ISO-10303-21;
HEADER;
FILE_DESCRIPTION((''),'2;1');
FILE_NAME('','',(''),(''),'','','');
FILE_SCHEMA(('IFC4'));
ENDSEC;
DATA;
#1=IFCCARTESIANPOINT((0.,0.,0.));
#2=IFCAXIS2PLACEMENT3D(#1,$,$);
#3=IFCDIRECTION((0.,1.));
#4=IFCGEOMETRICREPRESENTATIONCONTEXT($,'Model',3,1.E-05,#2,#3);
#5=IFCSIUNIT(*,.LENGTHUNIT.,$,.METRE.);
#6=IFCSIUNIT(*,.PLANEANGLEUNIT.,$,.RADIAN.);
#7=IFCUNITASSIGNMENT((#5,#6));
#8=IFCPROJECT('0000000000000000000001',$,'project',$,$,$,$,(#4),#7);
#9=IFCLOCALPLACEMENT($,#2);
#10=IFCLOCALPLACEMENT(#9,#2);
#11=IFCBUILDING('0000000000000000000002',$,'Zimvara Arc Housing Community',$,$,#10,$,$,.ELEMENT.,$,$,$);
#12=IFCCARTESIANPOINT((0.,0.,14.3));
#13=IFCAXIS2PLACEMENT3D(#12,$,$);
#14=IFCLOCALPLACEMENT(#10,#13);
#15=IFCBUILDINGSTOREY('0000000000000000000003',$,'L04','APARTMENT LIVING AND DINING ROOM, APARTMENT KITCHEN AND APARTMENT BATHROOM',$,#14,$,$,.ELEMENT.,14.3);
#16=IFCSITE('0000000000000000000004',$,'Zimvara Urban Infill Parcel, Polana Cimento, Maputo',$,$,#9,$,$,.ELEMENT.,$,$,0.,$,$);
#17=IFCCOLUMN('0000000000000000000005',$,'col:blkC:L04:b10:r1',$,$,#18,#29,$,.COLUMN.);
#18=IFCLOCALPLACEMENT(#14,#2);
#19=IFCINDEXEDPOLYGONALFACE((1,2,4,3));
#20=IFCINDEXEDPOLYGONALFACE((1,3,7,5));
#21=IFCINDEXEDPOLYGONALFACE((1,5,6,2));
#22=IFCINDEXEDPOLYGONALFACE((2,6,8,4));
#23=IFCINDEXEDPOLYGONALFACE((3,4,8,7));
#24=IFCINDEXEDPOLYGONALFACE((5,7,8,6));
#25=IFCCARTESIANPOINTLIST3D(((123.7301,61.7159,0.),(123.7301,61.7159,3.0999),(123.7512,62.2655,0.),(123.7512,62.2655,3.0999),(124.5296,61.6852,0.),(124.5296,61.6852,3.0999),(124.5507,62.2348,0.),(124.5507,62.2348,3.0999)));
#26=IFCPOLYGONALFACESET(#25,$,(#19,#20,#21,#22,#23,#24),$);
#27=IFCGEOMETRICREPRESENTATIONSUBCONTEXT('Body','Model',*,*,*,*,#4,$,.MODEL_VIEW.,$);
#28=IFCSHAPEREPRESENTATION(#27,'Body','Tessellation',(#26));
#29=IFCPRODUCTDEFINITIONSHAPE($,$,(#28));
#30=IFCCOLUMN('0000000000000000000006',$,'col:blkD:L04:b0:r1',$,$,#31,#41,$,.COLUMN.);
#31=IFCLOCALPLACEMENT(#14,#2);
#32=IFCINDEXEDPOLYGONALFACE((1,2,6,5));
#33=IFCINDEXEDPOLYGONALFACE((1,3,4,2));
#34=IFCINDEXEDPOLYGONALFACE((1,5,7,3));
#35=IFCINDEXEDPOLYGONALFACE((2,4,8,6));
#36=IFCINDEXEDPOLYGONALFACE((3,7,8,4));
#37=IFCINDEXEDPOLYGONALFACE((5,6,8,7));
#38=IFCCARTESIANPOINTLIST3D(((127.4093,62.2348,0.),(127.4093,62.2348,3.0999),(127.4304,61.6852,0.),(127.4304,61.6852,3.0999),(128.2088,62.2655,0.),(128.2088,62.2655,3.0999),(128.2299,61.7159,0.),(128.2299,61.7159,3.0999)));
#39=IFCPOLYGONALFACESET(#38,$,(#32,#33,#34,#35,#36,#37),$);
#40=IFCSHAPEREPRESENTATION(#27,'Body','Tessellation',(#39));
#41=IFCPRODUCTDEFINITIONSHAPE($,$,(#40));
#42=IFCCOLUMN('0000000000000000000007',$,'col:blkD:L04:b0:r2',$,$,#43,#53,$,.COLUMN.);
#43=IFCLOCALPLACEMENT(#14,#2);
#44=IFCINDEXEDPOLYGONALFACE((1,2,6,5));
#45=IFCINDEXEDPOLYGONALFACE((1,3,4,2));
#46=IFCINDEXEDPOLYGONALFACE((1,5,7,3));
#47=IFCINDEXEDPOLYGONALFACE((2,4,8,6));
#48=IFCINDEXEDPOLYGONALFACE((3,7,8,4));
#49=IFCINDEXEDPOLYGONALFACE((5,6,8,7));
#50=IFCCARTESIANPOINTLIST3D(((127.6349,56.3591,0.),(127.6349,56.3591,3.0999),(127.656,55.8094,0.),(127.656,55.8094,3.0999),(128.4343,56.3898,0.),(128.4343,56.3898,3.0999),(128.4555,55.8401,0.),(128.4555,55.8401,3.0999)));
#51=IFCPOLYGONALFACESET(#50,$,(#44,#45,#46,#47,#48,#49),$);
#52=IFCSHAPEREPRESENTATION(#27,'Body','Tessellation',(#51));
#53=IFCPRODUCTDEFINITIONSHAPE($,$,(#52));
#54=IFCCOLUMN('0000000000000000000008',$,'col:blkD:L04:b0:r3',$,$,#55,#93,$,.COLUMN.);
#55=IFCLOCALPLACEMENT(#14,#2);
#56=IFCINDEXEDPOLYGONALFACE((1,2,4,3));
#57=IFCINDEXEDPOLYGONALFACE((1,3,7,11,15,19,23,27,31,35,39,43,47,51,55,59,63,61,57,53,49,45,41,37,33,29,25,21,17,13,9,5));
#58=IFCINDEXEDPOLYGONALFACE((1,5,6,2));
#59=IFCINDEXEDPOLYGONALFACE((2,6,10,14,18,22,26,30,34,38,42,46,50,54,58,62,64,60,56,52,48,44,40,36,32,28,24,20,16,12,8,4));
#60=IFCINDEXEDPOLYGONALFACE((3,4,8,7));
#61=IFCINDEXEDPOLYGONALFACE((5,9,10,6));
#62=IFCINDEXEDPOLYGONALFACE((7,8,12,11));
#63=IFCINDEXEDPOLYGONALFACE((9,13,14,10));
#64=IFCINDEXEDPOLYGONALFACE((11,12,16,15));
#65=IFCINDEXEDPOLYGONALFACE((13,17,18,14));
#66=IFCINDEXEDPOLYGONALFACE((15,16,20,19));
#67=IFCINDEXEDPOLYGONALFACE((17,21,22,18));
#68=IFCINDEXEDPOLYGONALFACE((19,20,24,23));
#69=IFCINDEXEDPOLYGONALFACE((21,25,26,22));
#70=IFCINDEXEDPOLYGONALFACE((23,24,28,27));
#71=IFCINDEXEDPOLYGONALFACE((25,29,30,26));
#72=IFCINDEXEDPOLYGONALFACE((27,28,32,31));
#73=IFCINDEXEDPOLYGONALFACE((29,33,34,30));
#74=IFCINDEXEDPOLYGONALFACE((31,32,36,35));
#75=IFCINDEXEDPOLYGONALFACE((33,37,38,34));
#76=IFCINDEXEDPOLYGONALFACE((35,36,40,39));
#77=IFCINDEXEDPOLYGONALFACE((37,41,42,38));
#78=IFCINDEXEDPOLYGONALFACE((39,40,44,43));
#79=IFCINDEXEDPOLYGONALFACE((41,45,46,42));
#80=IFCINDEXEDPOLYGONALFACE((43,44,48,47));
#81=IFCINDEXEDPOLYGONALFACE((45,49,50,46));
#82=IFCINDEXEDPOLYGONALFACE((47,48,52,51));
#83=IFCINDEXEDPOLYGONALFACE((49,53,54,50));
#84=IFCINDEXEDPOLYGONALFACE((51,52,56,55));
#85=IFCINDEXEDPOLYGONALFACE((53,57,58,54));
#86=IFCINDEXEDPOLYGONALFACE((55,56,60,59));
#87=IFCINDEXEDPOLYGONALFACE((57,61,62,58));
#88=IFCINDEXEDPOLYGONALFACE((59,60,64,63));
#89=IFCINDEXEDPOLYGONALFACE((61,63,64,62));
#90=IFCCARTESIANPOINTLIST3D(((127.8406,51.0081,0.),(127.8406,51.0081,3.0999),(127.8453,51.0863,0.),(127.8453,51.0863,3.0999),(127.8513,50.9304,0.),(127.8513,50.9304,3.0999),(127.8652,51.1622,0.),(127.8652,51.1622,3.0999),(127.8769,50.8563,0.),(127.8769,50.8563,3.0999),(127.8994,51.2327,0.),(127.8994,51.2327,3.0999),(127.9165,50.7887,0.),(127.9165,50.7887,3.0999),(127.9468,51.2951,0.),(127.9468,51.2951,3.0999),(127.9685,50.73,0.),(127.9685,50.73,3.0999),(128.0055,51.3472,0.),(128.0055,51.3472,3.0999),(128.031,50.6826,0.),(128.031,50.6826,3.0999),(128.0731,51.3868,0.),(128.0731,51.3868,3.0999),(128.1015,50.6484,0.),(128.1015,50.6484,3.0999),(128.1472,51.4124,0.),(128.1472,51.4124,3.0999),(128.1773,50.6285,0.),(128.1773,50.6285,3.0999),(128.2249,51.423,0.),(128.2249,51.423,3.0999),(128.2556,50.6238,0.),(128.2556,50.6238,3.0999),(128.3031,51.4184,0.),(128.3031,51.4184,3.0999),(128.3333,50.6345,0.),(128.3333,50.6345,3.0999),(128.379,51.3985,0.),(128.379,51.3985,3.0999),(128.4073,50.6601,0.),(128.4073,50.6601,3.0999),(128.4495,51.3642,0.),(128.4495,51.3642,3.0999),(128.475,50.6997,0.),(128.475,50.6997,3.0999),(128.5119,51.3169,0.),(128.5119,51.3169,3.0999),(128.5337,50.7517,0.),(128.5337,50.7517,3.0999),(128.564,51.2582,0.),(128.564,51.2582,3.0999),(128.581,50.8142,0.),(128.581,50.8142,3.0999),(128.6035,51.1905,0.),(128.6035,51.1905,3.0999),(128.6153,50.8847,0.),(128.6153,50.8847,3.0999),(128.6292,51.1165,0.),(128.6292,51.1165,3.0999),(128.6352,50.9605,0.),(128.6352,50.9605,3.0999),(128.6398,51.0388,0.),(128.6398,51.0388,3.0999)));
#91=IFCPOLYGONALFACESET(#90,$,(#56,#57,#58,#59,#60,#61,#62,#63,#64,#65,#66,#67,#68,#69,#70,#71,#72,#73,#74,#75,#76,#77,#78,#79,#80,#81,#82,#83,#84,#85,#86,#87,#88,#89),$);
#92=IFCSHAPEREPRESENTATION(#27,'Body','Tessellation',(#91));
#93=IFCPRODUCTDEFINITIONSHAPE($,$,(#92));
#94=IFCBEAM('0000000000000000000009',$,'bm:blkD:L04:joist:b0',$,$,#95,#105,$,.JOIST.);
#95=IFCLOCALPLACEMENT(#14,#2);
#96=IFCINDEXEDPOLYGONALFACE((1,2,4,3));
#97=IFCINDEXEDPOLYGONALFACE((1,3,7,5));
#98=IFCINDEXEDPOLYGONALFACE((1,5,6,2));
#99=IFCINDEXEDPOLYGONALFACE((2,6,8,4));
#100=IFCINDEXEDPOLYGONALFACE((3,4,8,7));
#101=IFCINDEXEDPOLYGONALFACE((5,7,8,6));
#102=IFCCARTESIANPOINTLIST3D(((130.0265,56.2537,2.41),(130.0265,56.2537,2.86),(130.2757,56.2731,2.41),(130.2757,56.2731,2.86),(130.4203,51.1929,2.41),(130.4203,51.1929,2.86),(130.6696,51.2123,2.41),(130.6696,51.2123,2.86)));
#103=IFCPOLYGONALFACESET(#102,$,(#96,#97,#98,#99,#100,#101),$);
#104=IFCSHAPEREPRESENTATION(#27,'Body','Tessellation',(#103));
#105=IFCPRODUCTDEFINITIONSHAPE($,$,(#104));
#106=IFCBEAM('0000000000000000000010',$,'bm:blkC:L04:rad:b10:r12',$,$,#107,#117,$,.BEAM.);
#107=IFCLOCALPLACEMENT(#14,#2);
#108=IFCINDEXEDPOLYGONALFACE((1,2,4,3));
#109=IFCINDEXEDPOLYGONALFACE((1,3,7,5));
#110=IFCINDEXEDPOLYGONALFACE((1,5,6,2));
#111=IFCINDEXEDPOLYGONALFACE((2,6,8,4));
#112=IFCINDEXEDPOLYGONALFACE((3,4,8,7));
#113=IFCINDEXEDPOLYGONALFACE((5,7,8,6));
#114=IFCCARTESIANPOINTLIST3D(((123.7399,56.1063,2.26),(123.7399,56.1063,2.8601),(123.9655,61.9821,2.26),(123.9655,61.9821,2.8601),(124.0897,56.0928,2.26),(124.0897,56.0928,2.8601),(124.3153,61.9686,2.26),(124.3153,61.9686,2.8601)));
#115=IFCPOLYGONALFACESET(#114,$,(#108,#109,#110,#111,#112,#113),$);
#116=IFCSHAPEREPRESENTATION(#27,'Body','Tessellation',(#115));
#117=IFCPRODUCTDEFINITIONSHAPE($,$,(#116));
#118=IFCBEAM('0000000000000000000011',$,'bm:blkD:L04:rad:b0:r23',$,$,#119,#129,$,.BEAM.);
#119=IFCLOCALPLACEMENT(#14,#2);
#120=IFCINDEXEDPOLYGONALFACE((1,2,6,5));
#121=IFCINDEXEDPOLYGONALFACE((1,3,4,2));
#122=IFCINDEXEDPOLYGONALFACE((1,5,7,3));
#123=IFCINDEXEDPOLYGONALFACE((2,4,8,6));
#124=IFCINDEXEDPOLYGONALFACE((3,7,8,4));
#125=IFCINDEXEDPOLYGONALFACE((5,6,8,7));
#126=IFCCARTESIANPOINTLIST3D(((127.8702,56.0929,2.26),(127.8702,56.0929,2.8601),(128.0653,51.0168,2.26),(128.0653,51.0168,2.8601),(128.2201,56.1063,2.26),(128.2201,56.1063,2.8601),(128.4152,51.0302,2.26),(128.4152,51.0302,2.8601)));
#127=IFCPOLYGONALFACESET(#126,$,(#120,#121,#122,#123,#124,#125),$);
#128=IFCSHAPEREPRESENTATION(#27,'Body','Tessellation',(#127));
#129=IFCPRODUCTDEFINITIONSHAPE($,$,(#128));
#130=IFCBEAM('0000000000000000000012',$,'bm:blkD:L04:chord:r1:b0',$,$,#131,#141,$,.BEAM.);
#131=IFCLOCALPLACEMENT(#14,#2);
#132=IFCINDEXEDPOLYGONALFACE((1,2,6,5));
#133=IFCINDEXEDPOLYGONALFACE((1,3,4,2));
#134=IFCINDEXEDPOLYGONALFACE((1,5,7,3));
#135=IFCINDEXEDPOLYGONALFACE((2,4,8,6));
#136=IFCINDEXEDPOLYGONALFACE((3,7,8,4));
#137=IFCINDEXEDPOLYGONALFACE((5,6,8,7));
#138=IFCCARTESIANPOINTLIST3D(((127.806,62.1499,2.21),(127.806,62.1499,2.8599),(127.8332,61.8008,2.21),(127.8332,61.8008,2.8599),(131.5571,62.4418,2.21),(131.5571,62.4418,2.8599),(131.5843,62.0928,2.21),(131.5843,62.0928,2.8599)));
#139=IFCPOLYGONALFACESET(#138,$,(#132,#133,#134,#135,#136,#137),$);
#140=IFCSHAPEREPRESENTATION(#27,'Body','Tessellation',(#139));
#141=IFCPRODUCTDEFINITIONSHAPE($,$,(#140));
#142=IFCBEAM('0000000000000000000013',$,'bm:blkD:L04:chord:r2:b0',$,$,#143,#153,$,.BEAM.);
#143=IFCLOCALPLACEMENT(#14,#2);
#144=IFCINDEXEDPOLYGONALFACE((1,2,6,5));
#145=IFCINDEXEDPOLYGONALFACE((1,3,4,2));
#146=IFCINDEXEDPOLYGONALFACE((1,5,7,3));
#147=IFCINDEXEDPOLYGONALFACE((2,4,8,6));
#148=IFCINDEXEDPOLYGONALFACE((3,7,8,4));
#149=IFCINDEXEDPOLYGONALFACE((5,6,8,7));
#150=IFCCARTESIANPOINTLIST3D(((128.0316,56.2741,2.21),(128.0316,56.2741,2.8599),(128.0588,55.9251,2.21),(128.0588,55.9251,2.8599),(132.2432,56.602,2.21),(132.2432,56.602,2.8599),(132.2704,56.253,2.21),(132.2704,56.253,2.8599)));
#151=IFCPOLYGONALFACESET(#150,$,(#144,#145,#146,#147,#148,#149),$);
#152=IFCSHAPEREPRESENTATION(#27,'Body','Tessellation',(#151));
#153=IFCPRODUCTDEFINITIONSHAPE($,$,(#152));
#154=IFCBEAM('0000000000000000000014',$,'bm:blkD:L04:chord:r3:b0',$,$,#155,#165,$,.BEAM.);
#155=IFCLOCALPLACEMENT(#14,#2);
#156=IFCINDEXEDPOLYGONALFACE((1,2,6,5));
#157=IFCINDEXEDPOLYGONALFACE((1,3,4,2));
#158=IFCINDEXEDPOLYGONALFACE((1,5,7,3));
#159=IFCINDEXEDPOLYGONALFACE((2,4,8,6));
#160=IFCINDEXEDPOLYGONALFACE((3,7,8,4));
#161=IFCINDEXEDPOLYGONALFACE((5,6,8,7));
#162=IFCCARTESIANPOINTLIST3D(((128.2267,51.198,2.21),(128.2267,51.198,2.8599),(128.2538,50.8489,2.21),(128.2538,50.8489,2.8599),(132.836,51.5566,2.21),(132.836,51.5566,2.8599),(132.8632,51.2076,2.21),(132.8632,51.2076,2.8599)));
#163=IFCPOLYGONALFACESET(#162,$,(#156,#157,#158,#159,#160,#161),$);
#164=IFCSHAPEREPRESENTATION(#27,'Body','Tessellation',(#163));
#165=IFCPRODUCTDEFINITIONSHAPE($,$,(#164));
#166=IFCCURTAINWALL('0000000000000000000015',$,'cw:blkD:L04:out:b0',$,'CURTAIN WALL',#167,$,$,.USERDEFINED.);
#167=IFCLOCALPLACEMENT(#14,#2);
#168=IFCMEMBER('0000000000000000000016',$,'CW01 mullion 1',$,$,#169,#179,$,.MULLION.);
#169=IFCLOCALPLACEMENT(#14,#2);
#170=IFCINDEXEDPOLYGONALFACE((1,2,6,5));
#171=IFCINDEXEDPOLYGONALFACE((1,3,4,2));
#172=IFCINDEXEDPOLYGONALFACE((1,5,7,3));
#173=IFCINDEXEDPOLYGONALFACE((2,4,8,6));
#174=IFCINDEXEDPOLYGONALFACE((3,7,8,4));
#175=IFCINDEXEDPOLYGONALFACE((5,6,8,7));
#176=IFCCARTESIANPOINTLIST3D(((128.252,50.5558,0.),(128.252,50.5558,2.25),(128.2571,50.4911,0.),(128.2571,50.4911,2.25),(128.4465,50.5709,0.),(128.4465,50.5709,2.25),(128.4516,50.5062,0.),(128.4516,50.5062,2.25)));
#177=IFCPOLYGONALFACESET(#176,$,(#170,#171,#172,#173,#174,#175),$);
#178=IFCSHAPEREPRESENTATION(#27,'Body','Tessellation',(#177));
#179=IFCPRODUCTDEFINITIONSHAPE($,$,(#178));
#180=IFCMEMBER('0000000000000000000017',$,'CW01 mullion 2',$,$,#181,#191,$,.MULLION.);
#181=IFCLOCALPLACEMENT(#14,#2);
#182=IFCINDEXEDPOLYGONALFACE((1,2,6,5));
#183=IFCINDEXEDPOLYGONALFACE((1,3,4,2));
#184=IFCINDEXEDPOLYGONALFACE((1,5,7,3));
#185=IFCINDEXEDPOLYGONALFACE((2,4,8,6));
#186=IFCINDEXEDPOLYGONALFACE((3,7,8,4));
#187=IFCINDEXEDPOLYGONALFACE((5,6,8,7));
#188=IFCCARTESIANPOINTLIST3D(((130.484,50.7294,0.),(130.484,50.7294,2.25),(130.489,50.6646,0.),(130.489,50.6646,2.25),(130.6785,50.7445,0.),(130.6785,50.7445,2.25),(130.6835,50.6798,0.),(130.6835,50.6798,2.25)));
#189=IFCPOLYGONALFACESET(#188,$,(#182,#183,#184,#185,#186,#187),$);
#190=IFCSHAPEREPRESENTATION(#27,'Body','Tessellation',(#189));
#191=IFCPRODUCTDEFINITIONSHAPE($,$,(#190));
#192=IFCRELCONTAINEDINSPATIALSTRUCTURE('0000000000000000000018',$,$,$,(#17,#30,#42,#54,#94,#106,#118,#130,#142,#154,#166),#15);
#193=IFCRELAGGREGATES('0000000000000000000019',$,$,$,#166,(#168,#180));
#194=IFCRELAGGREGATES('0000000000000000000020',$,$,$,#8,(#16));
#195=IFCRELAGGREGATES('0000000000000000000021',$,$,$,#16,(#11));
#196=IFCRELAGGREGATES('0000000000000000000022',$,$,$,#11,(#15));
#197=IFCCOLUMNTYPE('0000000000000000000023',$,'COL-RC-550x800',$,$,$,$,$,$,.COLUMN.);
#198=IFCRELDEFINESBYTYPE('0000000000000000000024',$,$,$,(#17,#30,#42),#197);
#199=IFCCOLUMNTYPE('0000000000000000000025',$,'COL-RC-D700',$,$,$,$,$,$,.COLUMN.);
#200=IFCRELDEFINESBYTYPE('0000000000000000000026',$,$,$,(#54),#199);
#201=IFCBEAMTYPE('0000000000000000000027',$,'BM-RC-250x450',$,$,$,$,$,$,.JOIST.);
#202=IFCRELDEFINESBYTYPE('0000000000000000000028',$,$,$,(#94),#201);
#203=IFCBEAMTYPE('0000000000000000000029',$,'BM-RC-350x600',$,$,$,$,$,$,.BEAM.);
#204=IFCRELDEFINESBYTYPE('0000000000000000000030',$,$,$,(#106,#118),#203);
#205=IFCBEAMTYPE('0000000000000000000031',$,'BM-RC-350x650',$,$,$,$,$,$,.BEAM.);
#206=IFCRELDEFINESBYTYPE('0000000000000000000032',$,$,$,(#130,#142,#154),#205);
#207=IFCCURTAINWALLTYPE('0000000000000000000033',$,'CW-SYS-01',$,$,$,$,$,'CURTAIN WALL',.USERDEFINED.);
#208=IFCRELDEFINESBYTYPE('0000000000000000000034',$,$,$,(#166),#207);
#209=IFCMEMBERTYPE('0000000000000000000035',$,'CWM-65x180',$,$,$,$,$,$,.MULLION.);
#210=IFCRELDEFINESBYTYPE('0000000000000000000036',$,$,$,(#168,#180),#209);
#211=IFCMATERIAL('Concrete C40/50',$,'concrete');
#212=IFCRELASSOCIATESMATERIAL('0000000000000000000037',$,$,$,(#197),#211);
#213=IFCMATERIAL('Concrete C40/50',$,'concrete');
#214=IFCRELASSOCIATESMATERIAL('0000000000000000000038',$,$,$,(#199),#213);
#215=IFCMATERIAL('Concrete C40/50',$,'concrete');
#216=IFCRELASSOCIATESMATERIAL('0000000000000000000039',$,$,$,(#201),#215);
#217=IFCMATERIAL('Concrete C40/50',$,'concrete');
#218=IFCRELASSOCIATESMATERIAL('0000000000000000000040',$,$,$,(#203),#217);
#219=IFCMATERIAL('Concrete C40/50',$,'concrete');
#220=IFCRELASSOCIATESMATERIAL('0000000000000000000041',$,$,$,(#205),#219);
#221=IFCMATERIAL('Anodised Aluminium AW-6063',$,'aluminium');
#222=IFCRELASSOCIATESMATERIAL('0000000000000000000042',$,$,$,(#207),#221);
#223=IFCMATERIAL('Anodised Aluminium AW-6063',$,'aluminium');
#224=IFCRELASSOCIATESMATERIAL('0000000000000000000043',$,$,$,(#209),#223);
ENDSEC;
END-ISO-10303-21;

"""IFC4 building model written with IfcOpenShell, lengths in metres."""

from ifc_helpers import new_model, si_unit, direction, frame, origin, origin_2d, place, context, subcontext, project, spatial, rectangle, circle, extrude, material, material_profile, profile_set, type_object, element, aggregate, save


model = new_model("IFC4")

# Units and contexts
model_context = context("Model", 3, precision=1e-05, world=origin(), true_north=direction((0.0, 1.0)))
body_context = subcontext(model_context, "Body", "Model", "MODEL_VIEW")
ifc_project = project(units=[si_unit("LENGTHUNIT", "METRE"), si_unit("PLANEANGLEUNIT", "RADIAN")], contexts=[model_context])

# Site, building, storey
site_placement = place(None, origin())
site = spatial("IfcSite", under=ifc_project, at=site_placement, Name="Zimvara Urban Infill Parcel, Polana Cimento, Maputo", CompositionType="ELEMENT", RefElevation=0.0)
building_placement = place(site_placement, origin())
building = spatial("IfcBuilding", under=site, at=building_placement, Name="Zimvara Arc Housing Community", CompositionType="ELEMENT")
storey_placement = place(building_placement, frame((0.0, 0.0, 14.3)))
storey = spatial("IfcBuildingStorey", under=building, at=storey_placement, Name="L04", Description="APARTMENT LIVING AND DINING ROOM, APARTMENT KITCHEN AND APARTMENT BATHROOM", CompositionType="ELEMENT", Elevation=14.3)

# Columns
ifc_material_1 = material(Name="Concrete C40/50", Category="concrete")
ifc_material_profile_1 = material_profile(ifc_material_1, rectangle(XDim=0.55, YDim=0.8, at=origin_2d()), Name="RC 550x800")
ifc_profile_set_1 = profile_set([ifc_material_profile_1], Name="Concrete C40/50")
column_type_1 = type_object("IfcColumnType", Name="COL-RC-550x800", PredefinedType="COLUMN", material=ifc_profile_set_1)
for number, where, z_axis, x_axis, name in (
    (1, (124.1404, 61.9753, 0.0), (0.0, 0.0, 1.0), (-0.038388, -0.999263, 0.0), "col:blkC:L04:b10:r1"),
    (2, (127.8196, 61.9753, 0.0), (0.0, 0.0, 1.0), (0.038388, -0.999263, 0.0), "col:blkD:L04:b0:r1"),
    (3, (128.0452, 56.0996, 0.0), (0.0, 0.0, 1.0), (0.038388, -0.999263, 0.0), "col:blkD:L04:b0:r2"),
):
    element("IfcColumn", number, at=place(storey_placement, frame(where, z_axis=z_axis, x_axis=x_axis)), inside=storey, type_object=column_type_1, Name=name, PredefinedType="COLUMN", context=body_context, shape_type="SweptSolid", body=[
        extrude(rectangle(XDim=0.55, YDim=0.8, at=origin_2d()), origin(), (0.0, 0.0, 1.0), 3.0999),
    ])
ifc_material_2 = material(Name="Concrete C40/50", Category="concrete")
ifc_material_profile_2 = material_profile(ifc_material_2, circle(Radius=0.3999, at=origin_2d()), Name="RC D800")
ifc_profile_set_2 = profile_set([ifc_material_profile_2], Name="Concrete C40/50")
column_type_2 = type_object("IfcColumnType", Name="COL-RC-D700", PredefinedType="COLUMN", material=ifc_profile_set_2)
column_placement = place(storey_placement, frame((128.2402, 51.0234, 0.0), z_axis=(0.0, 0.0, 1.0), x_axis=(0.038388, -0.999263, 0.0)))
element("IfcColumn", 4, at=column_placement, inside=storey, type_object=column_type_2, Name="col:blkD:L04:b0:r3", PredefinedType="COLUMN", context=body_context, shape_type="SweptSolid", body=[
    extrude(circle(Radius=0.3999, at=origin_2d()), origin(), (0.0, 0.0, 1.0), 3.0999),
])

# Beams
ifc_material_3 = material(Name="Concrete C40/50", Category="concrete")
ifc_material_profile_3 = material_profile(ifc_material_3, rectangle(XDim=0.25, YDim=0.45, at=origin_2d()), Name="RC 250x450")
ifc_profile_set_3 = profile_set([ifc_material_profile_3], Name="Concrete C40/50")
beam_type_1 = type_object("IfcBeamType", Name="BM-RC-250x450", PredefinedType="JOIST", material=ifc_profile_set_3)
beam_1_placement = place(storey_placement, frame((130.1511, 56.2634, 2.635), z_axis=(0.077579, -0.996986, 0.0), x_axis=(0.996986, 0.077579, 0.0)))
element("IfcBeam", 5, at=beam_1_placement, inside=storey, type_object=beam_type_1, Name="bm:blkD:L04:joist:b0", PredefinedType="JOIST", context=body_context, shape_type="SweptSolid", body=[
    extrude(rectangle(XDim=0.25, YDim=0.45, at=origin_2d()), origin(), (0.0, 0.0, 1.0), 5.0762),
])
ifc_material_4 = material(Name="Concrete C40/50", Category="concrete")
ifc_material_profile_4 = material_profile(ifc_material_4, rectangle(XDim=0.3501, YDim=0.6001, at=origin_2d()), Name="RC 350x600")
ifc_profile_set_4 = profile_set([ifc_material_profile_4], Name="Concrete C40/50")
beam_type_2 = type_object("IfcBeamType", Name="BM-RC-350x600", PredefinedType="BEAM", material=ifc_profile_set_4)
beam_2_placement = place(storey_placement, frame((124.1404, 61.9753, 2.5601), z_axis=(-0.038365, -0.999264, 0.0), x_axis=(0.999264, -0.038365, 0.0)))
element("IfcBeam", 6, at=beam_2_placement, inside=storey, type_object=beam_type_2, Name="bm:blkC:L04:rad:b10:r12", PredefinedType="BEAM", context=body_context, shape_type="SweptSolid", body=[
    extrude(rectangle(XDim=0.3501, YDim=0.6001, at=origin_2d()), origin(), (0.0, 0.0, 1.0), 5.8801),
])
beam_3_placement = place(storey_placement, frame((128.0452, 56.0996, 2.5601), z_axis=(0.0384, -0.999262, 0.0), x_axis=(0.999262, 0.0384, 0.0)))
element("IfcBeam", 7, at=beam_3_placement, inside=storey, type_object=beam_type_2, Name="bm:blkD:L04:rad:b0:r23", PredefinedType="BEAM", context=body_context, shape_type="SweptSolid", body=[
    extrude(rectangle(XDim=0.3501, YDim=0.6001, at=origin_2d()), origin(), (0.0, 0.0, 1.0), 5.0798),
])
ifc_material_5 = material(Name="Concrete C40/50", Category="concrete")
ifc_material_profile_5 = material_profile(ifc_material_5, rectangle(XDim=0.3501, YDim=0.6499, at=origin_2d()), Name="RC 350x650")
ifc_profile_set_5 = profile_set([ifc_material_profile_5], Name="Concrete C40/50")
beam_type_3 = type_object("IfcBeamType", Name="BM-RC-350x650", PredefinedType="BEAM", material=ifc_profile_set_5)
beam_4_placement = place(storey_placement, frame((127.8196, 61.9753, 2.5349), z_axis=(0.996984, 0.077604, 0.0), x_axis=(-0.077604, 0.996984, 0.0)))
element("IfcBeam", 8, at=beam_4_placement, inside=storey, type_object=beam_type_3, Name="bm:blkD:L04:chord:r1:b0", PredefinedType="BEAM", context=body_context, shape_type="SweptSolid", body=[
    extrude(rectangle(XDim=0.3501, YDim=0.6499, at=origin_2d()), origin(), (0.0, 0.0, 1.0), 3.7625),
])
beam_5_placement = place(storey_placement, frame((128.0452, 56.0996, 2.5349), z_axis=(0.996983, 0.077616, 0.0), x_axis=(-0.077616, 0.996983, 0.0)))
element("IfcBeam", 9, at=beam_5_placement, inside=storey, type_object=beam_type_3, Name="bm:blkD:L04:chord:r2:b0", PredefinedType="BEAM", context=body_context, shape_type="SweptSolid", body=[
    extrude(rectangle(XDim=0.3501, YDim=0.6499, at=origin_2d()), origin(), (0.0, 0.0, 1.0), 4.2244),
])
beam_6_placement = place(storey_placement, frame((128.2402, 51.0234, 2.5349), z_axis=(0.996987, 0.077573, 0.0), x_axis=(-0.077573, 0.996987, 0.0)))
element("IfcBeam", 10, at=beam_6_placement, inside=storey, type_object=beam_type_3, Name="bm:blkD:L04:chord:r3:b0", PredefinedType="BEAM", context=body_context, shape_type="SweptSolid", body=[
    extrude(rectangle(XDim=0.3501, YDim=0.6499, at=origin_2d()), origin(), (0.0, 0.0, 1.0), 4.6233),
])

# Curtain wall, members
ifc_material_6 = material(Name="Anodised Aluminium AW-6063", Category="aluminium")
curtain_wall_type = type_object("IfcCurtainWallType", Name="CW-SYS-01", ElementType="CURTAIN WALL", PredefinedType="USERDEFINED", material=ifc_material_6)
curtain_wall_placement = place(storey_placement, origin())
curtain_wall = element("IfcCurtainWall", 11, at=curtain_wall_placement, inside=storey, type_object=curtain_wall_type, Name="cw:blkD:L04:out:b0", ObjectType="CURTAIN WALL", PredefinedType="USERDEFINED")
ifc_material_7 = material(Name="Anodised Aluminium AW-6063", Category="aluminium")
ifc_material_profile_6 = material_profile(ifc_material_7, rectangle(XDim=0.0649, YDim=0.1951, at=origin_2d()), Name="ALU 65x195")
ifc_profile_set_6 = profile_set([ifc_material_profile_6], Name="Anodised Aluminium AW-6063")
member_type_1 = type_object("IfcMemberType", Name="CWM-65x180", PredefinedType="MULLION", material=ifc_profile_set_6)
member_1_placement = place(storey_placement, frame((128.3518, 50.531, 0.0), z_axis=(0.0, 0.0, 1.0), x_axis=(-0.07759, 0.996985, 0.0)))
member_1 = element("IfcMember", 12, at=member_1_placement, type_object=member_type_1, Name="CW01 mullion 1", PredefinedType="MULLION", context=body_context, shape_type="SweptSolid", body=[
    extrude(rectangle(XDim=0.0649, YDim=0.1951, at=origin_2d()), origin(), (0.0, 0.0, 1.0), 2.25),
])
member_2_placement = place(storey_placement, frame((130.5837, 50.7046, 0.0), z_axis=(0.0, 0.0, 1.0), x_axis=(-0.07759, 0.996985, 0.0)))
member_2 = element("IfcMember", 13, at=member_2_placement, type_object=member_type_1, Name="CW01 mullion 2", PredefinedType="MULLION", context=body_context, shape_type="SweptSolid", body=[
    extrude(rectangle(XDim=0.0649, YDim=0.1951, at=origin_2d()), origin(), (0.0, 0.0, 1.0), 2.25),
])
aggregate(curtain_wall, [member_1, member_2])

save(model, "model.ifc")
